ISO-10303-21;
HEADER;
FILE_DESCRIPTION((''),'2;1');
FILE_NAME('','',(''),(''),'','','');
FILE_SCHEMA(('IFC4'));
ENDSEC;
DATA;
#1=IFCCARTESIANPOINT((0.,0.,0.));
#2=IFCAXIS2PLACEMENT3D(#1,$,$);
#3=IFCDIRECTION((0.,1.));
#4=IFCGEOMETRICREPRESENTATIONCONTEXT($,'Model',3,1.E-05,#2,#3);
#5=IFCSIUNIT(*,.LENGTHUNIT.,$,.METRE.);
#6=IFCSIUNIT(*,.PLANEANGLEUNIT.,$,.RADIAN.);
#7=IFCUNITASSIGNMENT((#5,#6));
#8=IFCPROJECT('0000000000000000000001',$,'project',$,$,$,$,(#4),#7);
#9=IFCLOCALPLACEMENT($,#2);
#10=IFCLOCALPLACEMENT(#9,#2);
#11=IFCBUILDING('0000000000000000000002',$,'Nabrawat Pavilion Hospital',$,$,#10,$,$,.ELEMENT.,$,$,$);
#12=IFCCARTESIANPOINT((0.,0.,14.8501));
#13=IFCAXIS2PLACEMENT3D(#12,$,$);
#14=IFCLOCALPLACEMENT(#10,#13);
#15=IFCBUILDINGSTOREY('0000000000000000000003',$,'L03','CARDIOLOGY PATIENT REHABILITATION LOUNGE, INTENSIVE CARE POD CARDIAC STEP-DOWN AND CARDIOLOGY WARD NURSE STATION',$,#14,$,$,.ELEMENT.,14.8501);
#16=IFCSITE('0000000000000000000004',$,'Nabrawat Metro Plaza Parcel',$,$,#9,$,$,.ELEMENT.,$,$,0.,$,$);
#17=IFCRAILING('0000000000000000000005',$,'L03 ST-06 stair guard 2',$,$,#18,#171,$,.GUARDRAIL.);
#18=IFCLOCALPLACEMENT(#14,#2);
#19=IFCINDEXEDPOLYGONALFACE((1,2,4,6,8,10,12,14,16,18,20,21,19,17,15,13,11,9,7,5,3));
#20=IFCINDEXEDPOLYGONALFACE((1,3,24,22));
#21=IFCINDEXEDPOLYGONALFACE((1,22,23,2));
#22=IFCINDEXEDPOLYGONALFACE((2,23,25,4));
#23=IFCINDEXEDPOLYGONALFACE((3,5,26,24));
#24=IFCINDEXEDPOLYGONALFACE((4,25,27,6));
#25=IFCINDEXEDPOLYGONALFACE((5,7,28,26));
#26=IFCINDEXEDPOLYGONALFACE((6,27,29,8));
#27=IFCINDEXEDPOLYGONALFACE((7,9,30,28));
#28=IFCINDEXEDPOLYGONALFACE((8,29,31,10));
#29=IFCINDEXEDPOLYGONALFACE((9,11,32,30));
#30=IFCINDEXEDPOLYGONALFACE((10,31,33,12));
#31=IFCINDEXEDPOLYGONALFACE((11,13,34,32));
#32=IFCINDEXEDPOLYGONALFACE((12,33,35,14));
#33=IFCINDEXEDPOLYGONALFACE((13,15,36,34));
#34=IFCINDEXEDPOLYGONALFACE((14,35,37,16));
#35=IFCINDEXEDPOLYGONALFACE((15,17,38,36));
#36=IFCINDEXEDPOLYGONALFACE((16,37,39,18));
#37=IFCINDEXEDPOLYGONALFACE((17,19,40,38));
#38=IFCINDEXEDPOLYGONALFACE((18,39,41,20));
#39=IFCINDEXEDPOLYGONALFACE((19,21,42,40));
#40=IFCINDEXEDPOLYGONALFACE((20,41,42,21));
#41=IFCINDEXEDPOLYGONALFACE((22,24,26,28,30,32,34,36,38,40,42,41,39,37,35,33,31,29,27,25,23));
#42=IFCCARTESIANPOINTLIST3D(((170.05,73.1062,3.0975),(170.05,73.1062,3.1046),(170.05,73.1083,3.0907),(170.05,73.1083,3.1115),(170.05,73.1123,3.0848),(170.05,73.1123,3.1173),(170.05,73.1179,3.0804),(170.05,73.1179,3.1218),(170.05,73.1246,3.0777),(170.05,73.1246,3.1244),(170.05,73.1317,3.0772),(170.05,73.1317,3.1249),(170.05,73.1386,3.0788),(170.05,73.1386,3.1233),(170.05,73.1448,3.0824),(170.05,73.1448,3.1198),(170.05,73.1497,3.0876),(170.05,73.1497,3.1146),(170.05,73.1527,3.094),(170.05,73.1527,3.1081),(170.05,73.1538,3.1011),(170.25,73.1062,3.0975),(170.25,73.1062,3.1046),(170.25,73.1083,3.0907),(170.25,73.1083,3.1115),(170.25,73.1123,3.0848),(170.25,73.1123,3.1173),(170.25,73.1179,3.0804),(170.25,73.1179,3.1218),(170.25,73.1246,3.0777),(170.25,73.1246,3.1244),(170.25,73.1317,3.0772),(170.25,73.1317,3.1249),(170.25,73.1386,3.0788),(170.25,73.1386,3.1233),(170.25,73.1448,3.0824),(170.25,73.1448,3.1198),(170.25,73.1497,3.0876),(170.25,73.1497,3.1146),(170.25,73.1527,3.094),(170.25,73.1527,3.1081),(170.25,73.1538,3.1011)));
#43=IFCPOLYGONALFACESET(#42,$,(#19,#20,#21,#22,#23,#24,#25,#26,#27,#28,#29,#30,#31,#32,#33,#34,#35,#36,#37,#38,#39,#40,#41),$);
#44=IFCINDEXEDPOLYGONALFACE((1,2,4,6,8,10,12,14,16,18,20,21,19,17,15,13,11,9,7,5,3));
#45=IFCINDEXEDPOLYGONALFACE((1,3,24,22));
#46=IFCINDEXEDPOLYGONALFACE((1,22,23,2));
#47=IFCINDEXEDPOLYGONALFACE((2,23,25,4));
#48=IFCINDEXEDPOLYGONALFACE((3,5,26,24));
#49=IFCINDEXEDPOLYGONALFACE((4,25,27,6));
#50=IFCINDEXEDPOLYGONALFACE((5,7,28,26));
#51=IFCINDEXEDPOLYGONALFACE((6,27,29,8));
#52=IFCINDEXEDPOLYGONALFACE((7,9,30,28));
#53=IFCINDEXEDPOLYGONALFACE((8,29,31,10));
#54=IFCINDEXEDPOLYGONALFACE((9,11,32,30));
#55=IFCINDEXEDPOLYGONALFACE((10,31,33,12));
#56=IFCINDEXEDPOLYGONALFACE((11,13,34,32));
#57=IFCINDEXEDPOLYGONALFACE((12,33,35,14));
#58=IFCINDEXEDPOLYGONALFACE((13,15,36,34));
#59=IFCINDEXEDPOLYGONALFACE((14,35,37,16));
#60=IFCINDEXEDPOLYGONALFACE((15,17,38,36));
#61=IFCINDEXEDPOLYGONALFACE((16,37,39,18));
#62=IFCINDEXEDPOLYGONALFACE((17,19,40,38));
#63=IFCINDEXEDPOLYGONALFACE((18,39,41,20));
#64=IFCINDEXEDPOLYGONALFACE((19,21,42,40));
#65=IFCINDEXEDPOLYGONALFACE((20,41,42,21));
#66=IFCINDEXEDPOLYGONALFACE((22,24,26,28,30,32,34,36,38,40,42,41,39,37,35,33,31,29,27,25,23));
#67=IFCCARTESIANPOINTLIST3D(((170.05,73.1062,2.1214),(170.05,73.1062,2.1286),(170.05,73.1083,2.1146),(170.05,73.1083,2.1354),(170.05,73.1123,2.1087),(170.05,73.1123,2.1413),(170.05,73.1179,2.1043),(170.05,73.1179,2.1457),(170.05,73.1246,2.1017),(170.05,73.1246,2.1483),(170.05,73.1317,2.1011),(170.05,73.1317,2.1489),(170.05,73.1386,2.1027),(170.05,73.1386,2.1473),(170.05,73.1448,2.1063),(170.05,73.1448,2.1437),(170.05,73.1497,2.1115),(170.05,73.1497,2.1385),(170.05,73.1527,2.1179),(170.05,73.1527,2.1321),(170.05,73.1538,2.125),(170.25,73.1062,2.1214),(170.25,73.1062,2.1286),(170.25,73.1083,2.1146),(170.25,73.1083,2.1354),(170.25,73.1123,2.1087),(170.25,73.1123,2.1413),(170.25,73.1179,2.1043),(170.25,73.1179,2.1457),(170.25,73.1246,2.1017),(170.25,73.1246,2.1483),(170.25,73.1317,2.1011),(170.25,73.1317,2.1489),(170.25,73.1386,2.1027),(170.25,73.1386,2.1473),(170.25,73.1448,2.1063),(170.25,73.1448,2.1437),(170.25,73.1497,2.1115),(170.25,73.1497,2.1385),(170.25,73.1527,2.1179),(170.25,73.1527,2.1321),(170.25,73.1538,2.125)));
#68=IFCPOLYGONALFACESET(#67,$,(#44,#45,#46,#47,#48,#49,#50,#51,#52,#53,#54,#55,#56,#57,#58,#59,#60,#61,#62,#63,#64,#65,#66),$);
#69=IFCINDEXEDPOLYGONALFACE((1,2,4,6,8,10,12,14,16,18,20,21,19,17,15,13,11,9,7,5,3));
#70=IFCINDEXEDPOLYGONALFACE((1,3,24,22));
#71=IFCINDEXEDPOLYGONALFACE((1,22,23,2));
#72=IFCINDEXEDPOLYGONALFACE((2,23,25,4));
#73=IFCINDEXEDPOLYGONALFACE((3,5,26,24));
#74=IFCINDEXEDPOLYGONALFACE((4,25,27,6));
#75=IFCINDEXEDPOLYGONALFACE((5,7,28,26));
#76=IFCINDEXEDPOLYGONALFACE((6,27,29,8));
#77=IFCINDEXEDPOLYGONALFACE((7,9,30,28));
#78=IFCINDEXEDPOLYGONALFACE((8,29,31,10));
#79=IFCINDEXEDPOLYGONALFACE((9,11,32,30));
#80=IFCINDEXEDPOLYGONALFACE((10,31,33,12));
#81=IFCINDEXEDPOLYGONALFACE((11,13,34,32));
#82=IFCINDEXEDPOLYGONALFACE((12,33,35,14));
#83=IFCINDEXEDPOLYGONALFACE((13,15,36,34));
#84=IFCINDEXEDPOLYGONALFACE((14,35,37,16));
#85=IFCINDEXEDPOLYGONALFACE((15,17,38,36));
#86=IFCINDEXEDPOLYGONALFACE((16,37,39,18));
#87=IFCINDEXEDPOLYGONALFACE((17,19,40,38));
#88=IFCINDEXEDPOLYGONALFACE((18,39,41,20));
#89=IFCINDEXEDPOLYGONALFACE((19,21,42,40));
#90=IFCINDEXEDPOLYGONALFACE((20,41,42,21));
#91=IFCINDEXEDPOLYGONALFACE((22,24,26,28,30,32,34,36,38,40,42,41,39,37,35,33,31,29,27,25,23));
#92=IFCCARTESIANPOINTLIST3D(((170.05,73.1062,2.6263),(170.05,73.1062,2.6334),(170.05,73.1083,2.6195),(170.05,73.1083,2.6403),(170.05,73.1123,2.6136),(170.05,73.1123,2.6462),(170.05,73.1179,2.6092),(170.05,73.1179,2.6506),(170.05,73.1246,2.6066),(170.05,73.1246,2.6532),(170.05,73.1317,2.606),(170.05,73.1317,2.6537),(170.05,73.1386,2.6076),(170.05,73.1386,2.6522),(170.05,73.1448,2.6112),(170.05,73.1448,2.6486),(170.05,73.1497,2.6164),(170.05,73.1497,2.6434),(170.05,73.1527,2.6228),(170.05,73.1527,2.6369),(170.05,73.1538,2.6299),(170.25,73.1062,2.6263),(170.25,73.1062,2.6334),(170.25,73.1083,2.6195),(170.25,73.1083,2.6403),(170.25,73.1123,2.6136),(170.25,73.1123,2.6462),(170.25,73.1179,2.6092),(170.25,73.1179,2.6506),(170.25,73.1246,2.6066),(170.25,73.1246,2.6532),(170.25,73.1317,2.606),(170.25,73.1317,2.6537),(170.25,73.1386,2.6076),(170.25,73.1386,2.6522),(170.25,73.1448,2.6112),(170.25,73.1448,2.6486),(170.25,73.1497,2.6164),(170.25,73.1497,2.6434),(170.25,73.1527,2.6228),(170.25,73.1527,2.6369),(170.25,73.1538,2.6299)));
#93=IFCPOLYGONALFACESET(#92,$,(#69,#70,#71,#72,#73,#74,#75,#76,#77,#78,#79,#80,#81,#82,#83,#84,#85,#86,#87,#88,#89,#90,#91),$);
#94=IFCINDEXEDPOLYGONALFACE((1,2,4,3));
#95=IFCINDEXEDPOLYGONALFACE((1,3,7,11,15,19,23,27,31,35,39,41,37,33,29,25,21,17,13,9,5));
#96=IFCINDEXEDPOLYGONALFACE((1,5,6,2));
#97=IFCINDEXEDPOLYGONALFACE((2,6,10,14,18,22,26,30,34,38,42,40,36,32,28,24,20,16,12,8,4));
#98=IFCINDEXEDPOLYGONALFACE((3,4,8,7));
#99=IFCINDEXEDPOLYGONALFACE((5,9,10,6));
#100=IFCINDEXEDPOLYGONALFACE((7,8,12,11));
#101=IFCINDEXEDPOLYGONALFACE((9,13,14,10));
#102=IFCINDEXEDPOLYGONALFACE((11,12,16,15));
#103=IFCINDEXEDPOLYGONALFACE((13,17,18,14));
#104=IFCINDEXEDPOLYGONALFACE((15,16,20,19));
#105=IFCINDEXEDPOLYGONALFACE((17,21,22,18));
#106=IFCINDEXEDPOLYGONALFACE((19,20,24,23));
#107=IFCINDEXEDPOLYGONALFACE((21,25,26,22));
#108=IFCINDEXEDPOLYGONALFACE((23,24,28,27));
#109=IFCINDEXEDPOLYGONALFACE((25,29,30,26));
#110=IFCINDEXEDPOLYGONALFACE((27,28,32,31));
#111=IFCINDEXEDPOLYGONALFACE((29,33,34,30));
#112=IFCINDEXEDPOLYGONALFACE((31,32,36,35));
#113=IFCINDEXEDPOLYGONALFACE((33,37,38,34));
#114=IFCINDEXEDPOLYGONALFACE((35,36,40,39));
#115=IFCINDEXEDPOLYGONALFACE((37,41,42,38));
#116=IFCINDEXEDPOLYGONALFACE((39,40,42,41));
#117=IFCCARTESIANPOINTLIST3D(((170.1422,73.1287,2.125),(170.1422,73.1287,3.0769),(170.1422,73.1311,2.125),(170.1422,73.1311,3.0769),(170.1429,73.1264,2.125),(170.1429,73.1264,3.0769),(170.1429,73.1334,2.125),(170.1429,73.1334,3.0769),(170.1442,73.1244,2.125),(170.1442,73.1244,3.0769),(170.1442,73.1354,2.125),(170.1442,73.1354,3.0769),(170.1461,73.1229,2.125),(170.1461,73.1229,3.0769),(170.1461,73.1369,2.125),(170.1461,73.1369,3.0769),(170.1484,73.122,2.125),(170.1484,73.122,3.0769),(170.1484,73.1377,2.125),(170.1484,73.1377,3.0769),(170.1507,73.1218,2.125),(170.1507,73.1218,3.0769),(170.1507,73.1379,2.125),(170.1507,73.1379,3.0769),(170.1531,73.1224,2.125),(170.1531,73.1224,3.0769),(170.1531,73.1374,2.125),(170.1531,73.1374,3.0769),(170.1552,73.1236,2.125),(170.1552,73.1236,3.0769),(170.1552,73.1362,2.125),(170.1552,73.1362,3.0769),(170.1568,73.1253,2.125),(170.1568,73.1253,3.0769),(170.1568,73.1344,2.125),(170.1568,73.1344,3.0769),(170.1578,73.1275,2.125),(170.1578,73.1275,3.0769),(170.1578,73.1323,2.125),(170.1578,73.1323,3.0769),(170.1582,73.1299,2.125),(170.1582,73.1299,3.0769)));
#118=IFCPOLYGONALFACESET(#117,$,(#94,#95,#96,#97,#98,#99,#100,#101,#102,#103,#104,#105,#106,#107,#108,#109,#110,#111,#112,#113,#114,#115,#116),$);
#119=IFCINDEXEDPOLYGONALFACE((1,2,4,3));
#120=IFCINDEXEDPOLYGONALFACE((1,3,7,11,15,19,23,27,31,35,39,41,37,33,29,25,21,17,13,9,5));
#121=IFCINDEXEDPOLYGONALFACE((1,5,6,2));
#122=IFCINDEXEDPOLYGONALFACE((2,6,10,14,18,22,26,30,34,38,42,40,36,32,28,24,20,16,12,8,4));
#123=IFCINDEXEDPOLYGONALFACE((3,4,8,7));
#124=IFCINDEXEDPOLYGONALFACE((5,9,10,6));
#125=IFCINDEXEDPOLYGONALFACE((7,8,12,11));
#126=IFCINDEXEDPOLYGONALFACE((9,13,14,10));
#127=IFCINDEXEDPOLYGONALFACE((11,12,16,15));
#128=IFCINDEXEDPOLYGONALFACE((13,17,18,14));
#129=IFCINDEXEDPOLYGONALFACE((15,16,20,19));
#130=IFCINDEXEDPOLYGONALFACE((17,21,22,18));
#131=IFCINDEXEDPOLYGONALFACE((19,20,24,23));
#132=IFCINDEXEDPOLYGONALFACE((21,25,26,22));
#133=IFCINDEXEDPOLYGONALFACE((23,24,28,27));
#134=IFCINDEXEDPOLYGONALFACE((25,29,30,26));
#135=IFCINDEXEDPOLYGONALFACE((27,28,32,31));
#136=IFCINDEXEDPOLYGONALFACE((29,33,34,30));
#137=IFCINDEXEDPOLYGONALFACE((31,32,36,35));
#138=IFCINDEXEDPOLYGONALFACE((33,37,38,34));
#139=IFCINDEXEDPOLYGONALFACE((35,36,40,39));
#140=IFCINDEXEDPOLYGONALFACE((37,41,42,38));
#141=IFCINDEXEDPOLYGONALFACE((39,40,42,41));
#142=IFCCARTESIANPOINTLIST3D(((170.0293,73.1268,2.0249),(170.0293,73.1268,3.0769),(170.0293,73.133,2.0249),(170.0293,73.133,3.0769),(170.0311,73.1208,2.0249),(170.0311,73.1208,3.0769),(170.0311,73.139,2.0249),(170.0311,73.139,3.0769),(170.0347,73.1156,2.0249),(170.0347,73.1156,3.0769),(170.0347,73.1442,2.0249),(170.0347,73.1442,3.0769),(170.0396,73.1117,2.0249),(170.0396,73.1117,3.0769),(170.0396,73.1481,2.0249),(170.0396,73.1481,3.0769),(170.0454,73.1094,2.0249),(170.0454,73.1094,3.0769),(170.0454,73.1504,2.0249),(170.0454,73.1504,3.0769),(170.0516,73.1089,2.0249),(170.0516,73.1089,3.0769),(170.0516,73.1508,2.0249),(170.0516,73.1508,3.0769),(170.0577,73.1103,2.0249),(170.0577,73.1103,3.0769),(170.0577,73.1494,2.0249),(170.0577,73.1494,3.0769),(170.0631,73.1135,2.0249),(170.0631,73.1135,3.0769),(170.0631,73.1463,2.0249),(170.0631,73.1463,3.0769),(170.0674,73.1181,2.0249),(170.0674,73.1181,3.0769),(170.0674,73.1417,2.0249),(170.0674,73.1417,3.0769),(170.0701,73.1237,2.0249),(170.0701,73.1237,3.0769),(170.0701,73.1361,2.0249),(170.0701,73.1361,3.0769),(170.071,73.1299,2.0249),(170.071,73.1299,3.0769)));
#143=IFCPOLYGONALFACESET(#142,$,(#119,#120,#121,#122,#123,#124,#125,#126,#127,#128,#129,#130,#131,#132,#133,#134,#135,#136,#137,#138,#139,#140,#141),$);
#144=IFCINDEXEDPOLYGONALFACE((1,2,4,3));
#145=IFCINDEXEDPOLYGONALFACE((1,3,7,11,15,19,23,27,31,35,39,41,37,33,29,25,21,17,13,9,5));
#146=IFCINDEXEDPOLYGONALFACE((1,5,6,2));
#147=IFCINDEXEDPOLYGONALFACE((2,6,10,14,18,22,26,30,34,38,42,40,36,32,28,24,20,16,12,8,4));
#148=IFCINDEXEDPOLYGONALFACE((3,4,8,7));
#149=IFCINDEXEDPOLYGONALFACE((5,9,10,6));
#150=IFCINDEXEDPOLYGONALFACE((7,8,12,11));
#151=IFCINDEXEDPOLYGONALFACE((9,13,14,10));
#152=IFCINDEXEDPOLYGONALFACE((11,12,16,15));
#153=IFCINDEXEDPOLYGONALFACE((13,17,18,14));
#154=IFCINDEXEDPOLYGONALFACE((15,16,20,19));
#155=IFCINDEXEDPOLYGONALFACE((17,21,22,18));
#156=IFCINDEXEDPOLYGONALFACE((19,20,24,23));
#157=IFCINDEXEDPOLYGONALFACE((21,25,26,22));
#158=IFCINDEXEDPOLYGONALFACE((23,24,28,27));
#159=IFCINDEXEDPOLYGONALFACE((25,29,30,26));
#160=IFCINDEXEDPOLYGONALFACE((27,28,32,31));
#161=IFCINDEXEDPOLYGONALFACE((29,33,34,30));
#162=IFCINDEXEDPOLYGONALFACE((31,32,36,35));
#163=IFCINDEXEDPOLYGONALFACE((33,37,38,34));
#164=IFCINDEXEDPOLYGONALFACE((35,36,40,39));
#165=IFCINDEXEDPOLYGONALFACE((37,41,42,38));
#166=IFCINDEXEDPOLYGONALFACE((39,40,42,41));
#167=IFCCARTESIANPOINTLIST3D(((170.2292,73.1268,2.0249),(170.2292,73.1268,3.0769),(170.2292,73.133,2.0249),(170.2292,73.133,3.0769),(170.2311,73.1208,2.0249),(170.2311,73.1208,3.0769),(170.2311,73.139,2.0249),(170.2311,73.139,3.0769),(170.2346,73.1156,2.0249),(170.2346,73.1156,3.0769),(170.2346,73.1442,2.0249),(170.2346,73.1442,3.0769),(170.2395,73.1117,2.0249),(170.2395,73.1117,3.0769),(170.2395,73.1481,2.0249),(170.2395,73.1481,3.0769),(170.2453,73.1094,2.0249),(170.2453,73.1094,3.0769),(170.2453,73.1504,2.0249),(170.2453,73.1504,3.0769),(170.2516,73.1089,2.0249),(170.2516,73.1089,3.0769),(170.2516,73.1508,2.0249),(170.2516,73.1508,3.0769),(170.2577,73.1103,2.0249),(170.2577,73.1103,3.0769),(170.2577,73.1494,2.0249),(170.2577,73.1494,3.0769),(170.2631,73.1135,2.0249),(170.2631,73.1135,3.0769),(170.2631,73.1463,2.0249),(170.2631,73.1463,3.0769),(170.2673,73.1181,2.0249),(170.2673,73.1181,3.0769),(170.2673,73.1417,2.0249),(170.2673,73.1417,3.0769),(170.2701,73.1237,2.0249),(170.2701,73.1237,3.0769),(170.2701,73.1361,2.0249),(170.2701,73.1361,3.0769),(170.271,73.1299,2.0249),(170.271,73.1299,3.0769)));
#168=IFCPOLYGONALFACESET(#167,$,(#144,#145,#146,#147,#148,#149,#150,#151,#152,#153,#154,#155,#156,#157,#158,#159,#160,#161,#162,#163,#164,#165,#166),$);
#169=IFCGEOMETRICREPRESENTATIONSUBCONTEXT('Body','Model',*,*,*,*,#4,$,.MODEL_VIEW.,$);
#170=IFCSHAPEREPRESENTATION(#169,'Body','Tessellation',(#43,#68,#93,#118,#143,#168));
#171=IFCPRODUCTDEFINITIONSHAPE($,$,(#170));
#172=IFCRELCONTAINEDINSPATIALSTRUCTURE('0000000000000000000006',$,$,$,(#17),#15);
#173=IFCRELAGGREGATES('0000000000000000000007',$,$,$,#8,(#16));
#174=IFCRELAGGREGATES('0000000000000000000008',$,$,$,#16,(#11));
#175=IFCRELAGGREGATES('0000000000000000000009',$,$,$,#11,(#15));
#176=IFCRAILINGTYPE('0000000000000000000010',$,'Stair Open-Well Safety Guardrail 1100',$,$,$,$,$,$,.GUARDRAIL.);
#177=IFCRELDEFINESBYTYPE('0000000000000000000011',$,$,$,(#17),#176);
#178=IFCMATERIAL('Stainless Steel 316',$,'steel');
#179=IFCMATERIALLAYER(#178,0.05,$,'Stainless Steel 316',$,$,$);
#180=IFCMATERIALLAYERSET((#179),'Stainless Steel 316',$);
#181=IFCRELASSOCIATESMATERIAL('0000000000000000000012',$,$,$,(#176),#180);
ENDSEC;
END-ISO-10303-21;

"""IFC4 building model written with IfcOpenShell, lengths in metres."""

from ifc_helpers import new_model, si_unit, direction, frame, origin, origin_2d, place, context, subcontext, project, spatial, circle, extrude, material, layer, layer_set, type_object, element, save


model = new_model("IFC4")

# Units and contexts
model_context = context("Model", 3, precision=1e-05, world=origin(), true_north=direction((0.0, 1.0)))
body_context = subcontext(model_context, "Body", "Model", "MODEL_VIEW")
ifc_project = project(units=[si_unit("LENGTHUNIT", "METRE"), si_unit("PLANEANGLEUNIT", "RADIAN")], contexts=[model_context])

# Site, building, storey
site_placement = place(None, origin())
site = spatial("IfcSite", under=ifc_project, at=site_placement, Name="Nabrawat Metro Plaza Parcel", CompositionType="ELEMENT", RefElevation=0.0)
building_placement = place(site_placement, origin())
building = spatial("IfcBuilding", under=site, at=building_placement, Name="Nabrawat Pavilion Hospital", CompositionType="ELEMENT")
storey_placement = place(building_placement, frame((0.0, 0.0, 14.8501)))
storey = spatial("IfcBuildingStorey", under=building, at=storey_placement, Name="L03", Description="CARDIOLOGY PATIENT REHABILITATION LOUNGE, INTENSIVE CARE POD CARDIAC STEP-DOWN AND CARDIOLOGY WARD NURSE STATION", CompositionType="ELEMENT", Elevation=14.8501)

# Railing
ifc_material_1 = material(Name="Stainless Steel 316", Category="steel")
ifc_layer_1 = layer(ifc_material_1, 0.05, Name="Stainless Steel 316")
ifc_layer_set_1 = layer_set([ifc_layer_1], Name="Stainless Steel 316")
railing_type_1 = type_object("IfcRailingType", Name="Stair Open-Well Safety Guardrail 1100", PredefinedType="GUARDRAIL", material=ifc_layer_set_1)
railing_1_placement = place(storey_placement, frame((170.05, 73.1299, 2.0249)))
element("IfcRailing", 1, at=railing_1_placement, inside=storey, type_object=railing_type_1, Name="L03 ST-06 stair guard 2", PredefinedType="GUARDRAIL", context=body_context, shape_type="SweptSolid", body=[
    extrude(circle(Radius=0.0239, at=origin_2d()), frame((0.0, 0.0, 1.0762), z_axis=(1.0, 0.0, 0.0), x_axis=(0.0, 1.0, 0.0)), (0.0, 0.0, 1.0), 0.2),
    extrude(circle(Radius=0.0239, at=origin_2d()), frame((0.0, 0.0, 0.1001), z_axis=(1.0, 0.0, 0.0), x_axis=(0.0, 1.0, 0.0)), (0.0, 0.0, 1.0), 0.2),
    extrude(circle(Radius=0.0239, at=origin_2d()), frame((0.0, 0.0, 0.605), z_axis=(1.0, 0.0, 0.0), x_axis=(0.0, 1.0, 0.0)), (0.0, 0.0, 1.0), 0.2),
    extrude(circle(Radius=0.0081, at=origin_2d()), frame((0.1001, 0.0, 0.1001)), (0.0, 0.0, 1.0), 0.9519),
    extrude(circle(Radius=0.021, at=origin_2d()), origin(), (0.0, 0.0, 1.0), 1.052),
    extrude(circle(Radius=0.021, at=origin_2d()), frame((0.2, 0.0, 0.0)), (0.0, 0.0, 1.0), 1.052),
])

save(model, "model.ifc")
